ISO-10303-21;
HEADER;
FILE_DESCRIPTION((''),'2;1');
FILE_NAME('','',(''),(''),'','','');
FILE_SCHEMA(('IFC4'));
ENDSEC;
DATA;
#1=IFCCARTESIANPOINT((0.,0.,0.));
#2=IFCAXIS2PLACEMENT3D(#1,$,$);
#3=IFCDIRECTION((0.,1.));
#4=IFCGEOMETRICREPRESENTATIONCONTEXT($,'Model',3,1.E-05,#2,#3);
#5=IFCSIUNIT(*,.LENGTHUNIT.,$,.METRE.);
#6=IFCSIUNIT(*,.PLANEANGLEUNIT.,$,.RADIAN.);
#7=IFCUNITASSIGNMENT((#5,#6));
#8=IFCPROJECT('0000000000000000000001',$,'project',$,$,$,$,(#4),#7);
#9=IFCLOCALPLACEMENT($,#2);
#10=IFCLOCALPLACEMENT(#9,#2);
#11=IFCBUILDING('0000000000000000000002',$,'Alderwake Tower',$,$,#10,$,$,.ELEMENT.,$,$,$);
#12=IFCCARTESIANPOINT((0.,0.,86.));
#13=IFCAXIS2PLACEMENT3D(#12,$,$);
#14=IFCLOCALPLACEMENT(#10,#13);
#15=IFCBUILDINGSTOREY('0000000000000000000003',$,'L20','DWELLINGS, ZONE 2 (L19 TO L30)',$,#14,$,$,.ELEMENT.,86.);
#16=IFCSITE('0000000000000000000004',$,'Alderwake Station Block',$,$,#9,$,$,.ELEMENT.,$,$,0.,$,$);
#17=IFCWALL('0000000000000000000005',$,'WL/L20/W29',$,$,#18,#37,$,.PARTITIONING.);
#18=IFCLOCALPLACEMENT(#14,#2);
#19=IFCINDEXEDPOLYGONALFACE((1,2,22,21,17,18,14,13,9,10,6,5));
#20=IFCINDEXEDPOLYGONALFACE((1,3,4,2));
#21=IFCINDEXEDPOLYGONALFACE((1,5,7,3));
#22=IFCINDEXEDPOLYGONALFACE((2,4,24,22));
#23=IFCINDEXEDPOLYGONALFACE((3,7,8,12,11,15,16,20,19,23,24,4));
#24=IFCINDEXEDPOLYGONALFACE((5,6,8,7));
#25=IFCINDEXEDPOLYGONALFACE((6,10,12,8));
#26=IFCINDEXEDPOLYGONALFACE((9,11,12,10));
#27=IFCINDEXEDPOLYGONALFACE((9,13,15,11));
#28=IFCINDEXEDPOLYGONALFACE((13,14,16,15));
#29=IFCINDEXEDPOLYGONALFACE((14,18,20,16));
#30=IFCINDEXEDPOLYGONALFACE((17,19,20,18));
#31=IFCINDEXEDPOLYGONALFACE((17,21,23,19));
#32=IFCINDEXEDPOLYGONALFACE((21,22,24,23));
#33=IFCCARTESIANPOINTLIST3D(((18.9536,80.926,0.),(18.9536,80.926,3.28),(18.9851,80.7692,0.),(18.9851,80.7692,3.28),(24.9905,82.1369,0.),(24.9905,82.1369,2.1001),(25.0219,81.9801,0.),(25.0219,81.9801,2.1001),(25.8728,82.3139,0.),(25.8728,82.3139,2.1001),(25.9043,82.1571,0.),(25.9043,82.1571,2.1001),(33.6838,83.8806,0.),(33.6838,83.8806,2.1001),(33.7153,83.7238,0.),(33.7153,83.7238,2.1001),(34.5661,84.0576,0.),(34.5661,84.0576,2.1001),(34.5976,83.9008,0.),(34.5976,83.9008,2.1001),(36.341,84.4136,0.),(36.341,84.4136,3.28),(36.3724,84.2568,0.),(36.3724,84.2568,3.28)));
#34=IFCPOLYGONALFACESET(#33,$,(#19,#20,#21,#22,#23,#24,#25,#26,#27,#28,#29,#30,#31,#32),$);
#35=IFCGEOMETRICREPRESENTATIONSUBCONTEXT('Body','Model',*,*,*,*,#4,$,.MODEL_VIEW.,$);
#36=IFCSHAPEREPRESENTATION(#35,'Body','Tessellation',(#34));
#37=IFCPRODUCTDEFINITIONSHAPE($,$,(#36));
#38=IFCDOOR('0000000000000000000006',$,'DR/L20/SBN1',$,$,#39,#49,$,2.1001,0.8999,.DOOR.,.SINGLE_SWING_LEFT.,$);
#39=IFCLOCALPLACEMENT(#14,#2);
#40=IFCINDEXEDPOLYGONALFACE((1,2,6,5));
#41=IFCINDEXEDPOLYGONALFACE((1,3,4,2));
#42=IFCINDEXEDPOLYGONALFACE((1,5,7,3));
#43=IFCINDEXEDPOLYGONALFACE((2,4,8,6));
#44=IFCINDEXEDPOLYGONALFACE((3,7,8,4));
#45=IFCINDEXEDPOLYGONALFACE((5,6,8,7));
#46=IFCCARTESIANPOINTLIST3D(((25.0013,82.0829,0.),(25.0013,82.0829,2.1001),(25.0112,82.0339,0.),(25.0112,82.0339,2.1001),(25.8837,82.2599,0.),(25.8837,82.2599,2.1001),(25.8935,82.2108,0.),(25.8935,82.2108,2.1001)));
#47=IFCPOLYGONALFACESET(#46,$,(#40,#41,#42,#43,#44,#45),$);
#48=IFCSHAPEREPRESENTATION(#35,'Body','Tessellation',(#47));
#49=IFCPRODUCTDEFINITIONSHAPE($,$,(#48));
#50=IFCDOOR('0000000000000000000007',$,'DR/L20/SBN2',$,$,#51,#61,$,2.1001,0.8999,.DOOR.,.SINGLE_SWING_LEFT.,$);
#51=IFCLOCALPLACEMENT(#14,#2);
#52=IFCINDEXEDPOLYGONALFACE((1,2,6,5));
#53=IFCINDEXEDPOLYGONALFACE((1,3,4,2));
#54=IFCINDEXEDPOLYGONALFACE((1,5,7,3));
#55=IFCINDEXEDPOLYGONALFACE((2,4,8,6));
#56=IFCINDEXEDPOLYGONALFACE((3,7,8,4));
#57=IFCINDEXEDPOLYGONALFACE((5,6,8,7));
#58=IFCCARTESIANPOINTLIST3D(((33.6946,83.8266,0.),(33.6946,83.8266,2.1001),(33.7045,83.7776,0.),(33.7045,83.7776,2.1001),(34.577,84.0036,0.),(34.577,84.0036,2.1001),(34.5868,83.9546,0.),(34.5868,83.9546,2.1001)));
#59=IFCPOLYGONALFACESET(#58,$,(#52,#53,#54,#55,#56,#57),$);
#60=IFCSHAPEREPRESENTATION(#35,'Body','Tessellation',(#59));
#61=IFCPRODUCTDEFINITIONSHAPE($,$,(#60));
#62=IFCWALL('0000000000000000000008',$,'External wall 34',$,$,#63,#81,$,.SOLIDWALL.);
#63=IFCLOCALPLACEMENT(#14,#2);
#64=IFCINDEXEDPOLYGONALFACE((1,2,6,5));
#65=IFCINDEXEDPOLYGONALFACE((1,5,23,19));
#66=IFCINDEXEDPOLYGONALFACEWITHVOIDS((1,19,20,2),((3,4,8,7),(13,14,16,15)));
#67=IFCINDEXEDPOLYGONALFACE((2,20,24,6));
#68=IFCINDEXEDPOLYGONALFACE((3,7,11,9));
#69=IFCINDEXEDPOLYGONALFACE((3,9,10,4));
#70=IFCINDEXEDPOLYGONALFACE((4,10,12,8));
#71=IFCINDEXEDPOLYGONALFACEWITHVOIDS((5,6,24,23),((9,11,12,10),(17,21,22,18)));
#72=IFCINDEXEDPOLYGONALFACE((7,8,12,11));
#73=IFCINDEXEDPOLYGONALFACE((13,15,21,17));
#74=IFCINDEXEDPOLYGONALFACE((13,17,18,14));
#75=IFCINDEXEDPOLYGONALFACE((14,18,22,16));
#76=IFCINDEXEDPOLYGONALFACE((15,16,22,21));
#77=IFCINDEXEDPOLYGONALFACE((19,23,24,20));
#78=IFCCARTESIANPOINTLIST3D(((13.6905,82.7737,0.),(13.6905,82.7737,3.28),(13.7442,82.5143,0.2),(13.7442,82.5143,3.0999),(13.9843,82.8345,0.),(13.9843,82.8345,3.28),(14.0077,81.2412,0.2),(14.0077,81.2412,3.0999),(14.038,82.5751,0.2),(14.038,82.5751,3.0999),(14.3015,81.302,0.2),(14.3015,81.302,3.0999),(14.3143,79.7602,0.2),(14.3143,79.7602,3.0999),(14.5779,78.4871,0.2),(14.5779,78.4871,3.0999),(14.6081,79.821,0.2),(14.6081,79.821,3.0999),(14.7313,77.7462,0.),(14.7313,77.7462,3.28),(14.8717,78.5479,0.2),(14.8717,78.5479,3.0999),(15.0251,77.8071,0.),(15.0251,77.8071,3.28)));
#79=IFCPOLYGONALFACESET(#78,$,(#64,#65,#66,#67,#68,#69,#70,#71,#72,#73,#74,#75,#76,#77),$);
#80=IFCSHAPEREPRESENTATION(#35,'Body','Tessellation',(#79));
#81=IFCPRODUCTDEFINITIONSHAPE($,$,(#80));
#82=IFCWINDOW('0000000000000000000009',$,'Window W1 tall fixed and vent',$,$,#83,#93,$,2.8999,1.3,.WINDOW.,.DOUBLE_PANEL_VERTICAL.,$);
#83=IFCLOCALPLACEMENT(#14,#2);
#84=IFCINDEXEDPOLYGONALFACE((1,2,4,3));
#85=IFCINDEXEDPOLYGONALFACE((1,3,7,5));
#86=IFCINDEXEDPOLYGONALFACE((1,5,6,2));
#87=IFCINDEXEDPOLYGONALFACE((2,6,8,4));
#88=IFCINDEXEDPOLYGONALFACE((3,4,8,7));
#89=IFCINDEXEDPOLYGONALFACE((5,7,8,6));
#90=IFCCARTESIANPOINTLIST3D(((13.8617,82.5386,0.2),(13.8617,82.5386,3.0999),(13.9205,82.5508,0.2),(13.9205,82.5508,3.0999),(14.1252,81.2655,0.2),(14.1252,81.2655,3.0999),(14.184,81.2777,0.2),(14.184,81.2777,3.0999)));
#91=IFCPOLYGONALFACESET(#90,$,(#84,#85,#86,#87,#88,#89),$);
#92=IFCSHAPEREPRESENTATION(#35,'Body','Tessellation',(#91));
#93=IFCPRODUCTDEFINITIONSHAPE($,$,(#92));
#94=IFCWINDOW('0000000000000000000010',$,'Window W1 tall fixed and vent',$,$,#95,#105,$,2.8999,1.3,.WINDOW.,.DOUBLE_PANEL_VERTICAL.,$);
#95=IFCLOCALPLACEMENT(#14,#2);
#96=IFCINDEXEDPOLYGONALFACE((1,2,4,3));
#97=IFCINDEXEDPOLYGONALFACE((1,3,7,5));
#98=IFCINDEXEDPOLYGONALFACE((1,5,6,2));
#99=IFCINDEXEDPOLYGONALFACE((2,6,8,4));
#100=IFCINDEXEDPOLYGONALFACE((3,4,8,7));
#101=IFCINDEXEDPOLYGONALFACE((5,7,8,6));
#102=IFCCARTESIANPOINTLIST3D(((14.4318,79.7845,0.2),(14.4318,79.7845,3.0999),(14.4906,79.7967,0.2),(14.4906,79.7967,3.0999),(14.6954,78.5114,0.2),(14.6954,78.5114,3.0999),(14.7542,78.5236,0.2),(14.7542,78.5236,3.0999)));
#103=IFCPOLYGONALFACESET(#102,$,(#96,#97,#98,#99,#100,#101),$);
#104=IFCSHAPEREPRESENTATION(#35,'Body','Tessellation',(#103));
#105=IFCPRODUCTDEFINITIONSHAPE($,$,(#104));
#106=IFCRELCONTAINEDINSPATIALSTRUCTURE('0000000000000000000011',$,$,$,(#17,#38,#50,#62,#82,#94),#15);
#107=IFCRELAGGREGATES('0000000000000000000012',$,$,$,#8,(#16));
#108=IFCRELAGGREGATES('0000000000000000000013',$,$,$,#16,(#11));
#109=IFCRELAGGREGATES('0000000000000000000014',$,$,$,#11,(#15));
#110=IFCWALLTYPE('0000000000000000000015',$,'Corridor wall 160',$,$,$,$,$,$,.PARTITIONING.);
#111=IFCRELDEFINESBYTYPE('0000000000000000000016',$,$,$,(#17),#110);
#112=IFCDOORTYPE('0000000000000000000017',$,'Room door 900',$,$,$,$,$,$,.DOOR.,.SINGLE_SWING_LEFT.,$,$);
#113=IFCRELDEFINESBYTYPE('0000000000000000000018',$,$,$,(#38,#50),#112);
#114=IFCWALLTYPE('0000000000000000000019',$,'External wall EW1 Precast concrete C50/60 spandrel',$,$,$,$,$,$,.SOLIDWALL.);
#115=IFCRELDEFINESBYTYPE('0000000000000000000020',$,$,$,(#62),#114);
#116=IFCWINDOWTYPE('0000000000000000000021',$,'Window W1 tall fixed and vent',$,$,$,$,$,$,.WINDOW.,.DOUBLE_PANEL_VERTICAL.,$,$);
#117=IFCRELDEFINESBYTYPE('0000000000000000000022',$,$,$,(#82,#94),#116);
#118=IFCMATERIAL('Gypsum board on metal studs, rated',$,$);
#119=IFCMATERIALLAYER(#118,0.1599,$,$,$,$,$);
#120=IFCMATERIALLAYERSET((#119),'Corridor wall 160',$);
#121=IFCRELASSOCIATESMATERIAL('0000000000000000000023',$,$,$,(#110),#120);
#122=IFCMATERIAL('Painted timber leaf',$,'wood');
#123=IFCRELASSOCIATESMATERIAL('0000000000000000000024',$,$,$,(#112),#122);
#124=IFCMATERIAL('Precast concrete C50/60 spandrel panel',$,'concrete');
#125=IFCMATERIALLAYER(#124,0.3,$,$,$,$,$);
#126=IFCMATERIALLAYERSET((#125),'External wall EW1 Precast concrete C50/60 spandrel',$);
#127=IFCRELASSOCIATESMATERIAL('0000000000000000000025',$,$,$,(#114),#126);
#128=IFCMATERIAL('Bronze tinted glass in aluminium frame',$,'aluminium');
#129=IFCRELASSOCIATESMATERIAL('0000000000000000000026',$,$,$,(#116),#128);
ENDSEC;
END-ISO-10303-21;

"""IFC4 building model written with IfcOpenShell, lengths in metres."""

from ifc_helpers import new_model, si_unit, direction, frame, frame_2d, origin, place, context, subcontext, project, spatial, rectangle, extrude, material, layer, layer_set, type_object, element, fill, save


model = new_model("IFC4")

# Units and contexts
model_context = context("Model", 3, precision=1e-05, world=origin(), true_north=direction((0.0, 1.0)))
body_context = subcontext(model_context, "Body", "Model", "MODEL_VIEW")
ifc_project = project(units=[si_unit("LENGTHUNIT", "METRE"), si_unit("PLANEANGLEUNIT", "RADIAN")], contexts=[model_context])

# Site, building, storey
site_placement = place(None, origin())
site = spatial("IfcSite", under=ifc_project, at=site_placement, Name="Alderwake Station Block", CompositionType="ELEMENT", RefElevation=0.0)
building_placement = place(site_placement, origin())
building = spatial("IfcBuilding", under=site, at=building_placement, Name="Alderwake Tower", CompositionType="ELEMENT")
storey_placement = place(building_placement, frame((0.0, 0.0, 86.0)))
storey = spatial("IfcBuildingStorey", under=building, at=storey_placement, Name="L20", Description="DWELLINGS, ZONE 2 (L19 TO L30)", CompositionType="ELEMENT", Elevation=86.0)

# Shared definitions
ifc_material_1 = material(Name="Gypsum board on metal studs, rated")
ifc_layer_1 = layer(ifc_material_1, 0.1599)
ifc_layer_set_1 = layer_set([ifc_layer_1], Name="Corridor wall 160")
wall_type_1 = type_object("IfcWallType", Name="Corridor wall 160", PredefinedType="PARTITIONING", material=ifc_layer_set_1)

# Wall, openings, doors
wall_1_placement = place(storey_placement, frame((18.9695, 80.8477, 0.0), z_axis=(0.0, 0.0, 1.0), x_axis=(0.980471, 0.196664, 0.0)))
wall_1 = element("IfcWall", 1, at=wall_1_placement, inside=storey, type_object=wall_type_1, Name="WL/L20/W29", PredefinedType="PARTITIONING", context=body_context, shape_type="SweptSolid", body=[
    extrude(rectangle(XDim=17.7336, YDim=0.1599, at=frame_2d((8.8667, 0.0))), origin(), (0.0, 0.0, 1.0), 3.28),
])
opening_1_placement = place(wall_1_placement, frame((6.157, 0.0, 0.0)))
opening_1 = element("IfcOpeningElement", 2, at=opening_1_placement, cuts=wall_1, PredefinedType="OPENING", context=body_context, shape_type="SweptSolid", body=[
    extrude(rectangle(XDim=0.8999, YDim=2.1001, at=frame_2d((0.45, 1.05))), frame((0.0, 0.0898, 0.0), z_axis=(0.0, -1.0, 0.0), x_axis=(1.0, 0.0, 0.0)), (0.0, 0.0, 1.0), 0.1799),
])
opening_2_placement = place(wall_1_placement, frame((15.0234, 0.0, 0.0)))
opening_2 = element("IfcOpeningElement", 3, at=opening_2_placement, cuts=wall_1, PredefinedType="OPENING", context=body_context, shape_type="SweptSolid", body=[
    extrude(rectangle(XDim=0.8999, YDim=2.1001, at=frame_2d((0.45, 1.05))), frame((0.0, 0.0898, 0.0), z_axis=(0.0, -1.0, 0.0), x_axis=(1.0, 0.0, 0.0)), (0.0, 0.0, 1.0), 0.1799),
])
ifc_material_2 = material(Name="Painted timber leaf", Category="wood")
door_type_1 = type_object("IfcDoorType", Name="Room door 900", OperationType="SINGLE_SWING_LEFT", PredefinedType="DOOR", material=ifc_material_2)
door_1_placement = place(opening_1_placement, origin())
door_1 = element("IfcDoor", 4, at=door_1_placement, inside=storey, type_object=door_type_1, Name="DR/L20/SBN1", OperationType="SINGLE_SWING_LEFT", OverallHeight=2.1001, OverallWidth=0.8999, PredefinedType="DOOR", context=body_context, shape_type="SweptSolid", body=[
    extrude(rectangle(XDim=0.8999, YDim=2.1001, at=frame_2d((0.45, 1.05))), frame((0.0, 0.0249, 0.0), z_axis=(0.0, -1.0, 0.0), x_axis=(1.0, 0.0, 0.0)), (0.0, 0.0, 1.0), 0.05),
])
fill(opening_1, door_1)
door_2_placement = place(opening_2_placement, origin())
door_2 = element("IfcDoor", 5, at=door_2_placement, inside=storey, type_object=door_type_1, Name="DR/L20/SBN2", OperationType="SINGLE_SWING_LEFT", OverallHeight=2.1001, OverallWidth=0.8999, PredefinedType="DOOR", context=body_context, shape_type="SweptSolid", body=[
    extrude(rectangle(XDim=0.8999, YDim=2.1001, at=frame_2d((0.45, 1.05))), frame((0.0, 0.0249, 0.0), z_axis=(0.0, -1.0, 0.0), x_axis=(1.0, 0.0, 0.0)), (0.0, 0.0, 1.0), 0.05),
])
fill(opening_2, door_2)

# Wall, openings, windows
ifc_material_3 = material(Name="Precast concrete C50/60 spandrel panel", Category="concrete")
ifc_layer_2 = layer(ifc_material_3, 0.3)
ifc_layer_set_2 = layer_set([ifc_layer_2], Name="External wall EW1 Precast concrete C50/60 spandrel")
wall_type_2 = type_object("IfcWallType", Name="External wall EW1 Precast concrete C50/60 spandrel", PredefinedType="SOLIDWALL", material=ifc_layer_set_2)
wall_2_placement = place(storey_placement, frame((13.8374, 82.804, 0.0), z_axis=(0.0, 0.0, 1.0), x_axis=(0.202724, -0.979236, 0.0)))
wall_2 = element("IfcWall", 6, at=wall_2_placement, inside=storey, type_object=wall_type_2, Name="External wall 34", PredefinedType="SOLIDWALL", context=body_context, shape_type="SweptSolid", body=[
    extrude(rectangle(XDim=5.134, YDim=0.3, at=frame_2d((2.5669, 0.0))), origin(), (0.0, 0.0, 1.0), 3.28),
])
opening_3_placement = place(wall_2_placement, frame((0.2649, 0.0, 0.2)))
opening_3 = element("IfcOpeningElement", 7, at=opening_3_placement, cuts=wall_2, PredefinedType="OPENING", context=body_context, shape_type="SweptSolid", body=[
    extrude(rectangle(XDim=1.3, YDim=2.8999, at=frame_2d((0.6499, 1.45))), frame((0.0, 0.1599, 0.0), z_axis=(0.0, -1.0, 0.0), x_axis=(1.0, 0.0, 0.0)), (0.0, 0.0, 1.0), 0.3201),
])
opening_4_placement = place(wall_2_placement, frame((3.0774, 0.0, 0.2)))
opening_4 = element("IfcOpeningElement", 8, at=opening_4_placement, cuts=wall_2, PredefinedType="OPENING", context=body_context, shape_type="SweptSolid", body=[
    extrude(rectangle(XDim=1.3, YDim=2.8999, at=frame_2d((0.6499, 1.45))), frame((0.0, 0.1599, 0.0), z_axis=(0.0, -1.0, 0.0), x_axis=(1.0, 0.0, 0.0)), (0.0, 0.0, 1.0), 0.3201),
])
ifc_material_4 = material(Name="Bronze tinted glass in aluminium frame", Category="aluminium")
window_type = type_object("IfcWindowType", Name="Window W1 tall fixed and vent", PartitioningType="DOUBLE_PANEL_VERTICAL", PredefinedType="WINDOW", material=ifc_material_4)
window_1_placement = place(opening_3_placement, origin())
window_1 = element("IfcWindow", 9, at=window_1_placement, inside=storey, type_object=window_type, Name="Window W1 tall fixed and vent", OverallHeight=2.8999, OverallWidth=1.3, PartitioningType="DOUBLE_PANEL_VERTICAL", PredefinedType="WINDOW", context=body_context, shape_type="SweptSolid", body=[
    extrude(rectangle(XDim=1.3, YDim=2.8999, at=frame_2d((0.6499, 1.45))), frame((0.0, 0.03, 0.0), z_axis=(0.0, -1.0, 0.0), x_axis=(1.0, 0.0, 0.0)), (0.0, 0.0, 1.0), 0.0601),
])
fill(opening_3, window_1)
window_2_placement = place(opening_4_placement, origin())
window_2 = element("IfcWindow", 10, at=window_2_placement, inside=storey, type_object=window_type, Name="Window W1 tall fixed and vent", OverallHeight=2.8999, OverallWidth=1.3, PartitioningType="DOUBLE_PANEL_VERTICAL", PredefinedType="WINDOW", context=body_context, shape_type="SweptSolid", body=[
    extrude(rectangle(XDim=1.3, YDim=2.8999, at=frame_2d((0.6499, 1.45))), frame((0.0, 0.03, 0.0), z_axis=(0.0, -1.0, 0.0), x_axis=(1.0, 0.0, 0.0)), (0.0, 0.0, 1.0), 0.0601),
])
fill(opening_4, window_2)

save(model, "model.ifc")
